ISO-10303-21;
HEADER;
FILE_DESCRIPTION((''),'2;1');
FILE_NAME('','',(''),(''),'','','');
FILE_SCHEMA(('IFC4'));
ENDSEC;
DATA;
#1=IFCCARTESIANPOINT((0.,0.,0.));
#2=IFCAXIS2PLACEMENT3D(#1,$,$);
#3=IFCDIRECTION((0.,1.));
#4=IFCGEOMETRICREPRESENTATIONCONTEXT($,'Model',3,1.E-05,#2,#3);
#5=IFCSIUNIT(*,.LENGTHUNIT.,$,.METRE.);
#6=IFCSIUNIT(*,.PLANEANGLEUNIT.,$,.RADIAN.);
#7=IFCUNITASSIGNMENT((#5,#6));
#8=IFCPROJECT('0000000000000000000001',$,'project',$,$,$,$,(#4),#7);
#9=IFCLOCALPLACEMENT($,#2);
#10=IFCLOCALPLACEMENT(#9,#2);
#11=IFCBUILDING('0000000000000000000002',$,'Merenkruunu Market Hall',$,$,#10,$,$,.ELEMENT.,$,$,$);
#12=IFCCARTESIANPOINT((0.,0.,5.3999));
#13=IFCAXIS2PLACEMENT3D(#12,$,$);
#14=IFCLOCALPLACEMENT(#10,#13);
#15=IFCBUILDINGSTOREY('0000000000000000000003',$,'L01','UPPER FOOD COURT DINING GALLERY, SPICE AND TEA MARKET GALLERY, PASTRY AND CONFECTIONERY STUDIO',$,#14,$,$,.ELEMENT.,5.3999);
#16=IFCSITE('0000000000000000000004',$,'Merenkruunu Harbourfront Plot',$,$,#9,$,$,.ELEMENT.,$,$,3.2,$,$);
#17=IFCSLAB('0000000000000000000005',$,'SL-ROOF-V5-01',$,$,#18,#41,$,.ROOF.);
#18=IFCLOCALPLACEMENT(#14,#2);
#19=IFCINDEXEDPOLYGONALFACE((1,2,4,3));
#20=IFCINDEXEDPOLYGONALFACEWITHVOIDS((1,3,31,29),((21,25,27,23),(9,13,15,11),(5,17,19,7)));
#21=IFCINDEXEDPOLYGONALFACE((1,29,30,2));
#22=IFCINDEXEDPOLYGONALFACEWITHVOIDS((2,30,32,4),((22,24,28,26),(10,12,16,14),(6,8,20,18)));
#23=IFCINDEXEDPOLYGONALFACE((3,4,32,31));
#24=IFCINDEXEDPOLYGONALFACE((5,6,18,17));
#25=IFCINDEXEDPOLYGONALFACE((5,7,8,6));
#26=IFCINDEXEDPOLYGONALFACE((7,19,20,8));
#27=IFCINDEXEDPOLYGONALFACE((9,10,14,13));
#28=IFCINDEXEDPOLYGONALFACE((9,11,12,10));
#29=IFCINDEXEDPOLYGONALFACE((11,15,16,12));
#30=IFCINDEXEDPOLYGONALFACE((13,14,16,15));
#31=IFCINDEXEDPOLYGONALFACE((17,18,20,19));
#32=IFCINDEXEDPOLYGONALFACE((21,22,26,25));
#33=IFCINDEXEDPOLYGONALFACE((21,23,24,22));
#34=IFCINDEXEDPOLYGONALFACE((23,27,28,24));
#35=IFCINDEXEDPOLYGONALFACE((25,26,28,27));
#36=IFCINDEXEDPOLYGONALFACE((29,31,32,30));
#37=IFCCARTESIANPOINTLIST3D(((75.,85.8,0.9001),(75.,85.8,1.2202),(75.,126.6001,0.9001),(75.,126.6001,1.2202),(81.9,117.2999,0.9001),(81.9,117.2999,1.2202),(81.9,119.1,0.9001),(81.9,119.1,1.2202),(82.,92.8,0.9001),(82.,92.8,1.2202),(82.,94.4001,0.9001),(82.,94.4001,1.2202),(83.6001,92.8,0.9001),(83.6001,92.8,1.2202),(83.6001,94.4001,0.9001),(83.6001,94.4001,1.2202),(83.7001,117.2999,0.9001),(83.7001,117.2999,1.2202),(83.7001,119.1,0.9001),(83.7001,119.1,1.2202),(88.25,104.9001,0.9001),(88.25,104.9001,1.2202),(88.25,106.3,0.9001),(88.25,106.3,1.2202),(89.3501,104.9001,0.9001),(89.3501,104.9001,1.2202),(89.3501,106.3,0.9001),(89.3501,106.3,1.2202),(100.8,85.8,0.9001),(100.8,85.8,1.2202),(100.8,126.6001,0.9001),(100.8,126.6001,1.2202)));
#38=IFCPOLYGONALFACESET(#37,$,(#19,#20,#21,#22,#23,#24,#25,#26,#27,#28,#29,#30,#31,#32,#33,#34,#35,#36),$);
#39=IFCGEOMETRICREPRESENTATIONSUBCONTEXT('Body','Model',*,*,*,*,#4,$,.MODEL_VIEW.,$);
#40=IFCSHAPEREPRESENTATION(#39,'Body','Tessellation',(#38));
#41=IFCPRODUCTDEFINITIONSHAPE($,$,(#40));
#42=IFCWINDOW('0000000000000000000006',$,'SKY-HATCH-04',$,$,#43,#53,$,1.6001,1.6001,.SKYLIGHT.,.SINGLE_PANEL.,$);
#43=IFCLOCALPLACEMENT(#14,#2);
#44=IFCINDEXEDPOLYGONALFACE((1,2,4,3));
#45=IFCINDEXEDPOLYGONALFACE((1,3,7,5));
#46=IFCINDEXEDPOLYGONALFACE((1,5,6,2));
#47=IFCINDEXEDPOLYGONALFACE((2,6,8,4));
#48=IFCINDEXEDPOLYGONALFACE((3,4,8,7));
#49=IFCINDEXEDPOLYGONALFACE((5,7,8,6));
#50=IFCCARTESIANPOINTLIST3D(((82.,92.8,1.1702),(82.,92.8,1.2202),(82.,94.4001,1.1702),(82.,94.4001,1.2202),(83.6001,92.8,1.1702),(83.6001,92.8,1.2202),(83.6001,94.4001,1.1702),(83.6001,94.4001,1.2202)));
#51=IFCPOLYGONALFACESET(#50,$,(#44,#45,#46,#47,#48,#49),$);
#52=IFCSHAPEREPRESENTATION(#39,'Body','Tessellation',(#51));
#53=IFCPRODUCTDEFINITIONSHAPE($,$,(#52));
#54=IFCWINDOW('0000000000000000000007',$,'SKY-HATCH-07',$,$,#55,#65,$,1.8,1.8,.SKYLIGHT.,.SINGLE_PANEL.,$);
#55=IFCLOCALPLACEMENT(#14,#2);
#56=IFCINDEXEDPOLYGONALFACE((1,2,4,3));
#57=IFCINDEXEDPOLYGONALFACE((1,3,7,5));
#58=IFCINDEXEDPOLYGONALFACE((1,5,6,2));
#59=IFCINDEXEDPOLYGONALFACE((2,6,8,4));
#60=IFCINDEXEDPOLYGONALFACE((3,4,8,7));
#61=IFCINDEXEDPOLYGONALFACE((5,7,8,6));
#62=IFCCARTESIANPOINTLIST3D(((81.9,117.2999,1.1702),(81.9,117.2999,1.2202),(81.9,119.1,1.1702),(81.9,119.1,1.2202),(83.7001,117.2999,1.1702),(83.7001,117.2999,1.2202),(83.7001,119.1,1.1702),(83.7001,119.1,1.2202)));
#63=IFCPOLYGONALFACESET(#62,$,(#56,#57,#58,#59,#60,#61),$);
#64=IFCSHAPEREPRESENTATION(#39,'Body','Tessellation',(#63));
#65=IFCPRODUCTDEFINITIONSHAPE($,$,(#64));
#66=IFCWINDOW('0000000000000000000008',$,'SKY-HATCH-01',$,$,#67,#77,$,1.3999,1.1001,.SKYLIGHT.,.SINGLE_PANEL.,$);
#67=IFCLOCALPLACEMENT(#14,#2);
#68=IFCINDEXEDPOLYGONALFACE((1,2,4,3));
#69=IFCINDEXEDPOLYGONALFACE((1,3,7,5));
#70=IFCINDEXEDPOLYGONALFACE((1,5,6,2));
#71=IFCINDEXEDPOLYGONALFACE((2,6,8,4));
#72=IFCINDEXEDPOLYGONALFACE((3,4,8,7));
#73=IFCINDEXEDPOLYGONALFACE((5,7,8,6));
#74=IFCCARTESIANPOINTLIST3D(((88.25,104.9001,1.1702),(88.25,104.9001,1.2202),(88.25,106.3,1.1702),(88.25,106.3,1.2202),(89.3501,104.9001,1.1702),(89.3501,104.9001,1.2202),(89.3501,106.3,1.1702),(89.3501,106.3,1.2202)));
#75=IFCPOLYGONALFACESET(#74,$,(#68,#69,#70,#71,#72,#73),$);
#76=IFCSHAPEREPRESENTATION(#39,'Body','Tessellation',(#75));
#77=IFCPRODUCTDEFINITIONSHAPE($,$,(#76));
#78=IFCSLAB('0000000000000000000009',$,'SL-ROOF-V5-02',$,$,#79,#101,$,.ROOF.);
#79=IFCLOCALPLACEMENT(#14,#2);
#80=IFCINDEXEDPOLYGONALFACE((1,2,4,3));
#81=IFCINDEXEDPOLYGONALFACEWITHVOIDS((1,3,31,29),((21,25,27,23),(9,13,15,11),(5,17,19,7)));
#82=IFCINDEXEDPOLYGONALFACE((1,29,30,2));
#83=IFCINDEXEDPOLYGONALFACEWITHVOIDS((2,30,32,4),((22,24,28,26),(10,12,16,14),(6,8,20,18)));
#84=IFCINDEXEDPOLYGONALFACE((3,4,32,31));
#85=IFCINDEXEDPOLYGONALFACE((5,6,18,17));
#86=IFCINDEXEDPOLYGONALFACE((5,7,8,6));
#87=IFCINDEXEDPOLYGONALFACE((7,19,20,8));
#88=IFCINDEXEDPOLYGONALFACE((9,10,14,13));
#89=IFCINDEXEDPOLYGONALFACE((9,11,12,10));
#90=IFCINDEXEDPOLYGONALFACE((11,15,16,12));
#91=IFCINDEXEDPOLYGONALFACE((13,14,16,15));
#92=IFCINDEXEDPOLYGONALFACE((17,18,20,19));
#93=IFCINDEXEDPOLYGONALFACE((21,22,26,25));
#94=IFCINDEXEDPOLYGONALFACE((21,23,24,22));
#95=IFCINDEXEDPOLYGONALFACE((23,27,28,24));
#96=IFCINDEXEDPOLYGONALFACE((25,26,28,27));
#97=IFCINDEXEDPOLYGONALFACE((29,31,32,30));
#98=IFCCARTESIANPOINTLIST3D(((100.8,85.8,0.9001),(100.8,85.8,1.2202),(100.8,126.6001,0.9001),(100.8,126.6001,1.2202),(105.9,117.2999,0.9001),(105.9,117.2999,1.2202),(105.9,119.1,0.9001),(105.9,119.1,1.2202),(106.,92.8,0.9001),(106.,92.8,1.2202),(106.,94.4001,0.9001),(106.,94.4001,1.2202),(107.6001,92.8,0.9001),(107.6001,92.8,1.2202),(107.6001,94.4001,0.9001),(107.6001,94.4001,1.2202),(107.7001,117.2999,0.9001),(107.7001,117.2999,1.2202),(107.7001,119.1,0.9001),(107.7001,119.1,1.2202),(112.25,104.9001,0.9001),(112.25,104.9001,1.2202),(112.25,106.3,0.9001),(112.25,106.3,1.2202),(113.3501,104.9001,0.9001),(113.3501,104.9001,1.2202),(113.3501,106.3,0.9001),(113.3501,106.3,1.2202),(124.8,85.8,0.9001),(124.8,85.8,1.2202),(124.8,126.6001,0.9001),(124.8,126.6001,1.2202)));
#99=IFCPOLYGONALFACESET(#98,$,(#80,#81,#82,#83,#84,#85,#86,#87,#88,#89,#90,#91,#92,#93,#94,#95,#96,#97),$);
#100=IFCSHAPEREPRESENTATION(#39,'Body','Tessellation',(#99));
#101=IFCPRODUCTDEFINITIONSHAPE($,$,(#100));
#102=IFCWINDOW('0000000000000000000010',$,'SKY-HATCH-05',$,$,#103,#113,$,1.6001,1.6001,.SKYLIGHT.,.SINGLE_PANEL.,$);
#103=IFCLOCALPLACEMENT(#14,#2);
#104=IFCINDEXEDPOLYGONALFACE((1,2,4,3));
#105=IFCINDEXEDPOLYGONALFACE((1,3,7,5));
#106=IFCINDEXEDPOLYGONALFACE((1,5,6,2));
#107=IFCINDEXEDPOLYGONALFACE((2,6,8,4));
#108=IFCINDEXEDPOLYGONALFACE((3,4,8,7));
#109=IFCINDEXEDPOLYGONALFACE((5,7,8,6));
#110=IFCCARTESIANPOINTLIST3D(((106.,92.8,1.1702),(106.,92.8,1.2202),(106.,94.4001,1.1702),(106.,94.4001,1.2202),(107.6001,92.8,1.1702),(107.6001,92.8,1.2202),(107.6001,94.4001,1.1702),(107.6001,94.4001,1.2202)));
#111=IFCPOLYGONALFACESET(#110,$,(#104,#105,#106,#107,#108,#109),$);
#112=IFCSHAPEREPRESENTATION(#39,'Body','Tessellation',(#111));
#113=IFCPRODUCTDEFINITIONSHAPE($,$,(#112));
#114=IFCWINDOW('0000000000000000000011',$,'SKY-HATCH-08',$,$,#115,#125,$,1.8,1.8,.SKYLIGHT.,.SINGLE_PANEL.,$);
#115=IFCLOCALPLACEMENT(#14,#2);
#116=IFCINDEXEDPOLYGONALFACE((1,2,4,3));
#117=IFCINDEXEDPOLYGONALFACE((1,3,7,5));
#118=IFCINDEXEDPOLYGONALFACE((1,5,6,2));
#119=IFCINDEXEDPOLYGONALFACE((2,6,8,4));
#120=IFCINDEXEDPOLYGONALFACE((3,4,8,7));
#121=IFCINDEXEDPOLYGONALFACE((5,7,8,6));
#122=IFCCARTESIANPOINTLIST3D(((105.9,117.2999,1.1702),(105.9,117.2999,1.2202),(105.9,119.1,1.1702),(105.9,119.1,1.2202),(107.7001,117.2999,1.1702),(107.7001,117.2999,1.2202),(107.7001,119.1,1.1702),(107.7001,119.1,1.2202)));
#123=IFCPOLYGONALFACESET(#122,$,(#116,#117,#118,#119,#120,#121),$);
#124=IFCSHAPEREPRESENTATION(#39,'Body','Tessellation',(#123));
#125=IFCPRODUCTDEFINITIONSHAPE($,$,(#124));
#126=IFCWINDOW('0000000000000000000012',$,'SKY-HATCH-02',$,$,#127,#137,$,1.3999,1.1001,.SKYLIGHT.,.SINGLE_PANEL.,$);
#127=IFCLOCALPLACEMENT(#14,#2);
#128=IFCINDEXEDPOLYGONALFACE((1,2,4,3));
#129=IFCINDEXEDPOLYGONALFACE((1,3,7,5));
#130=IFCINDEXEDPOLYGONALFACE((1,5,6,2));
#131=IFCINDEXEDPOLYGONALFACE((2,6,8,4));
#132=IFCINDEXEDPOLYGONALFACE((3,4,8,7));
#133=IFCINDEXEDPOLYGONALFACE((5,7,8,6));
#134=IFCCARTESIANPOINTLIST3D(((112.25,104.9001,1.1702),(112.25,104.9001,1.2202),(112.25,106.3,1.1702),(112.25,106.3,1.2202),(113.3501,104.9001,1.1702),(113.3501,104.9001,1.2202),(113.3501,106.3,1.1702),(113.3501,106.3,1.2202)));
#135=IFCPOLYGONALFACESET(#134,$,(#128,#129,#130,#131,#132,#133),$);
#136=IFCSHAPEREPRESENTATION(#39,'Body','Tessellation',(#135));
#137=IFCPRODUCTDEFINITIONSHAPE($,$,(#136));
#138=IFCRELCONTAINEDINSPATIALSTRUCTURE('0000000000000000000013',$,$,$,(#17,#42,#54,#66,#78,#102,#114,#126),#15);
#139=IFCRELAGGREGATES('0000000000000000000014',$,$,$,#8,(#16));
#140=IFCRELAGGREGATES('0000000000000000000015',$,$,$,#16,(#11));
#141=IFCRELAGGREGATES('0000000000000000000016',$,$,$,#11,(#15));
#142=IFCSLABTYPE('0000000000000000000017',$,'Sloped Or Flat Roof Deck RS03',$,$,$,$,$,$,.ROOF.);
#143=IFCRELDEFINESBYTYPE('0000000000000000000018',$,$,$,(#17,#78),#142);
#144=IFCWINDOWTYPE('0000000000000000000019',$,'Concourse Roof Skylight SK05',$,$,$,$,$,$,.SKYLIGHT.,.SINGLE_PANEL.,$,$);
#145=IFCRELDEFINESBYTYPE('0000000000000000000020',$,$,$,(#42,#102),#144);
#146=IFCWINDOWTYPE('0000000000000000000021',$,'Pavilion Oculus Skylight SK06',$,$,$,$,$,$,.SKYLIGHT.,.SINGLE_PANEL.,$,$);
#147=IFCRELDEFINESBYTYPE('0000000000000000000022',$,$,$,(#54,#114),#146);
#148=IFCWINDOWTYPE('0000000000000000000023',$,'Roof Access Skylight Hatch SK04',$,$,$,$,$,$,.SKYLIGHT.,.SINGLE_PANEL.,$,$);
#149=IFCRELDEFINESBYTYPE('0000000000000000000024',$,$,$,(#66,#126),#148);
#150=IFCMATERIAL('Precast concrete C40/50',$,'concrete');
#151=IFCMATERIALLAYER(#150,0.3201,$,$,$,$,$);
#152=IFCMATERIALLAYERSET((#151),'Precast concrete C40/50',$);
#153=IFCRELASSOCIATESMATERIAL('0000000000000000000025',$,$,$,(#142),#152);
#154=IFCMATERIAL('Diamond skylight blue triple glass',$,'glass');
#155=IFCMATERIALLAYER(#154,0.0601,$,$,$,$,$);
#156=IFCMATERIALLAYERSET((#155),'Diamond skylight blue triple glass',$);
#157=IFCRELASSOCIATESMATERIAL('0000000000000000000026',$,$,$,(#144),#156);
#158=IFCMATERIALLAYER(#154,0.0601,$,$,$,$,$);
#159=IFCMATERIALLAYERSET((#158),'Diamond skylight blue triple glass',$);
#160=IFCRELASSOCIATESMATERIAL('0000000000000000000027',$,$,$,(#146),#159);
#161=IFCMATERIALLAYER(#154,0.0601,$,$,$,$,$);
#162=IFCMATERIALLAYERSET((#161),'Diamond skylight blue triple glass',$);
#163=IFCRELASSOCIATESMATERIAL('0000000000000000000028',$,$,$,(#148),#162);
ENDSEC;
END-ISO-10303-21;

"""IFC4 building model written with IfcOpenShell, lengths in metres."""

from ifc_helpers import new_model, si_unit, direction, frame, origin, origin_2d, place, context, subcontext, project, spatial, polyline, rectangle, outline, extrude, material, layer, layer_set, type_object, element, fill, save


model = new_model("IFC4")

# Units and contexts
model_context = context("Model", 3, precision=1e-05, world=origin(), true_north=direction((0.0, 1.0)))
body_context = subcontext(model_context, "Body", "Model", "MODEL_VIEW")
ifc_project = project(units=[si_unit("LENGTHUNIT", "METRE"), si_unit("PLANEANGLEUNIT", "RADIAN")], contexts=[model_context])

# Site, building, storey
site_placement = place(None, origin())
site = spatial("IfcSite", under=ifc_project, at=site_placement, Name="Merenkruunu Harbourfront Plot", CompositionType="ELEMENT", RefElevation=3.2)
building_placement = place(site_placement, origin())
building = spatial("IfcBuilding", under=site, at=building_placement, Name="Merenkruunu Market Hall", CompositionType="ELEMENT")
storey_placement = place(building_placement, frame((0.0, 0.0, 5.3999)))
storey = spatial("IfcBuildingStorey", under=building, at=storey_placement, Name="L01", Description="UPPER FOOD COURT DINING GALLERY, SPICE AND TEA MARKET GALLERY, PASTRY AND CONFECTIONERY STUDIO", CompositionType="ELEMENT", Elevation=5.3999)

# Slabs, openings, windows
ifc_material_1 = material(Name="Precast concrete C40/50", Category="concrete")
ifc_layer_1 = layer(ifc_material_1, 0.3201)
ifc_layer_set_1 = layer_set([ifc_layer_1], Name="Precast concrete C40/50")
slab_type_1 = type_object("IfcSlabType", Name="Sloped Or Flat Roof Deck RS03", PredefinedType="ROOF", material=ifc_layer_set_1)
slab_1_placement = place(storey_placement, frame((0.0, 0.0, 0.9001)))
slab_1 = element("IfcSlab", 1, at=slab_1_placement, inside=storey, type_object=slab_type_1, Name="SL-ROOF-V5-01", PredefinedType="ROOF", context=body_context, shape_type="SweptSolid", body=[
    extrude(outline(polyline([(75.0, 85.8), (100.8, 85.8), (100.8, 126.6001), (75.0, 126.6001), (75.0, 85.8)])), origin(), (0.0, 0.0, 1.0), 0.3201),
])
opening_1_placement = place(slab_1_placement, frame((88.8, 105.6001, 0.0)))
opening_1 = element("IfcOpeningElement", 2, at=opening_1_placement, cuts=slab_1, PredefinedType="OPENING", context=body_context, shape_type="SweptSolid", body=[
    extrude(rectangle(XDim=1.1001, YDim=1.3999, at=origin_2d()), origin(), (0.0, 0.0, 1.0), 0.3201),
])
opening_2_placement = place(slab_1_placement, frame((82.8, 93.6001, 0.0)))
opening_2 = element("IfcOpeningElement", 3, at=opening_2_placement, cuts=slab_1, PredefinedType="OPENING", context=body_context, shape_type="SweptSolid", body=[
    extrude(rectangle(XDim=1.6001, YDim=1.6001, at=origin_2d()), origin(), (0.0, 0.0, 1.0), 0.3201),
])
opening_3_placement = place(slab_1_placement, frame((82.8, 118.2, 0.0)))
opening_3 = element("IfcOpeningElement", 4, at=opening_3_placement, cuts=slab_1, PredefinedType="OPENING", context=body_context, shape_type="SweptSolid", body=[
    extrude(rectangle(XDim=1.8, YDim=1.8, at=origin_2d()), origin(), (0.0, 0.0, 1.0), 0.3201),
])
ifc_material_2 = material(Name="Diamond skylight blue triple glass", Category="glass")
ifc_layer_2 = layer(ifc_material_2, 0.0601)
ifc_layer_set_2 = layer_set([ifc_layer_2], Name="Diamond skylight blue triple glass")
window_type_1 = type_object("IfcWindowType", Name="Concourse Roof Skylight SK05", PartitioningType="SINGLE_PANEL", PredefinedType="SKYLIGHT", material=ifc_layer_set_2)
window_1_placement = place(opening_2_placement, frame((0.0, 0.0, 0.27)))
window_1 = element("IfcWindow", 5, at=window_1_placement, inside=storey, type_object=window_type_1, Name="SKY-HATCH-04", OverallHeight=1.6001, OverallWidth=1.6001, PartitioningType="SINGLE_PANEL", PredefinedType="SKYLIGHT", context=body_context, shape_type="SweptSolid", body=[
    extrude(rectangle(XDim=1.6001, YDim=1.6001, at=origin_2d()), origin(), (0.0, 0.0, 1.0), 0.05),
])
fill(opening_2, window_1)
ifc_layer_3 = layer(ifc_material_2, 0.0601)
ifc_layer_set_3 = layer_set([ifc_layer_3], Name="Diamond skylight blue triple glass")
window_type_2 = type_object("IfcWindowType", Name="Pavilion Oculus Skylight SK06", PartitioningType="SINGLE_PANEL", PredefinedType="SKYLIGHT", material=ifc_layer_set_3)
window_2_placement = place(opening_3_placement, frame((0.0, 0.0, 0.27)))
window_2 = element("IfcWindow", 6, at=window_2_placement, inside=storey, type_object=window_type_2, Name="SKY-HATCH-07", OverallHeight=1.8, OverallWidth=1.8, PartitioningType="SINGLE_PANEL", PredefinedType="SKYLIGHT", context=body_context, shape_type="SweptSolid", body=[
    extrude(rectangle(XDim=1.8, YDim=1.8, at=origin_2d()), origin(), (0.0, 0.0, 1.0), 0.05),
])
fill(opening_3, window_2)
ifc_layer_4 = layer(ifc_material_2, 0.0601)
ifc_layer_set_4 = layer_set([ifc_layer_4], Name="Diamond skylight blue triple glass")
window_type_3 = type_object("IfcWindowType", Name="Roof Access Skylight Hatch SK04", PartitioningType="SINGLE_PANEL", PredefinedType="SKYLIGHT", material=ifc_layer_set_4)
window_3_placement = place(opening_1_placement, frame((0.0, 0.0, 0.27)))
window_3 = element("IfcWindow", 7, at=window_3_placement, inside=storey, type_object=window_type_3, Name="SKY-HATCH-01", OverallHeight=1.3999, OverallWidth=1.1001, PartitioningType="SINGLE_PANEL", PredefinedType="SKYLIGHT", context=body_context, shape_type="SweptSolid", body=[
    extrude(rectangle(XDim=1.1001, YDim=1.3999, at=origin_2d()), origin(), (0.0, 0.0, 1.0), 0.05),
])
fill(opening_1, window_3)
slab_2_placement = place(storey_placement, frame((0.0, 0.0, 0.9001)))
slab_2 = element("IfcSlab", 8, at=slab_2_placement, inside=storey, type_object=slab_type_1, Name="SL-ROOF-V5-02", PredefinedType="ROOF", context=body_context, shape_type="SweptSolid", body=[
    extrude(outline(polyline([(100.8, 85.8), (124.8, 85.8), (124.8, 126.6001), (100.8, 126.6001), (100.8, 85.8)])), origin(), (0.0, 0.0, 1.0), 0.3201),
])
opening_4_placement = place(slab_2_placement, frame((112.8, 105.6001, 0.0)))
opening_4 = element("IfcOpeningElement", 9, at=opening_4_placement, cuts=slab_2, PredefinedType="OPENING", context=body_context, shape_type="SweptSolid", body=[
    extrude(rectangle(XDim=1.1001, YDim=1.3999, at=origin_2d()), origin(), (0.0, 0.0, 1.0), 0.3201),
])
opening_5_placement = place(slab_2_placement, frame((106.8, 93.6001, 0.0)))
opening_5 = element("IfcOpeningElement", 10, at=opening_5_placement, cuts=slab_2, PredefinedType="OPENING", context=body_context, shape_type="SweptSolid", body=[
    extrude(rectangle(XDim=1.6001, YDim=1.6001, at=origin_2d()), origin(), (0.0, 0.0, 1.0), 0.3201),
])
opening_6_placement = place(slab_2_placement, frame((106.8, 118.2, 0.0)))
opening_6 = element("IfcOpeningElement", 11, at=opening_6_placement, cuts=slab_2, PredefinedType="OPENING", context=body_context, shape_type="SweptSolid", body=[
    extrude(rectangle(XDim=1.8, YDim=1.8, at=origin_2d()), origin(), (0.0, 0.0, 1.0), 0.3201),
])
window_4_placement = place(opening_5_placement, frame((0.0, 0.0, 0.27)))
window_4 = element("IfcWindow", 12, at=window_4_placement, inside=storey, type_object=window_type_1, Name="SKY-HATCH-05", OverallHeight=1.6001, OverallWidth=1.6001, PartitioningType="SINGLE_PANEL", PredefinedType="SKYLIGHT", context=body_context, shape_type="SweptSolid", body=[
    extrude(rectangle(XDim=1.6001, YDim=1.6001, at=origin_2d()), origin(), (0.0, 0.0, 1.0), 0.05),
])
fill(opening_5, window_4)
window_5_placement = place(opening_6_placement, frame((0.0, 0.0, 0.27)))
window_5 = element("IfcWindow", 13, at=window_5_placement, inside=storey, type_object=window_type_2, Name="SKY-HATCH-08", OverallHeight=1.8, OverallWidth=1.8, PartitioningType="SINGLE_PANEL", PredefinedType="SKYLIGHT", context=body_context, shape_type="SweptSolid", body=[
    extrude(rectangle(XDim=1.8, YDim=1.8, at=origin_2d()), origin(), (0.0, 0.0, 1.0), 0.05),
])
fill(opening_6, window_5)
window_6_placement = place(opening_4_placement, frame((0.0, 0.0, 0.27)))
window_6 = element("IfcWindow", 14, at=window_6_placement, inside=storey, type_object=window_type_3, Name="SKY-HATCH-02", OverallHeight=1.3999, OverallWidth=1.1001, PartitioningType="SINGLE_PANEL", PredefinedType="SKYLIGHT", context=body_context, shape_type="SweptSolid", body=[
    extrude(rectangle(XDim=1.1001, YDim=1.3999, at=origin_2d()), origin(), (0.0, 0.0, 1.0), 0.05),
])
fill(opening_4, window_6)

save(model, "model.ifc")
